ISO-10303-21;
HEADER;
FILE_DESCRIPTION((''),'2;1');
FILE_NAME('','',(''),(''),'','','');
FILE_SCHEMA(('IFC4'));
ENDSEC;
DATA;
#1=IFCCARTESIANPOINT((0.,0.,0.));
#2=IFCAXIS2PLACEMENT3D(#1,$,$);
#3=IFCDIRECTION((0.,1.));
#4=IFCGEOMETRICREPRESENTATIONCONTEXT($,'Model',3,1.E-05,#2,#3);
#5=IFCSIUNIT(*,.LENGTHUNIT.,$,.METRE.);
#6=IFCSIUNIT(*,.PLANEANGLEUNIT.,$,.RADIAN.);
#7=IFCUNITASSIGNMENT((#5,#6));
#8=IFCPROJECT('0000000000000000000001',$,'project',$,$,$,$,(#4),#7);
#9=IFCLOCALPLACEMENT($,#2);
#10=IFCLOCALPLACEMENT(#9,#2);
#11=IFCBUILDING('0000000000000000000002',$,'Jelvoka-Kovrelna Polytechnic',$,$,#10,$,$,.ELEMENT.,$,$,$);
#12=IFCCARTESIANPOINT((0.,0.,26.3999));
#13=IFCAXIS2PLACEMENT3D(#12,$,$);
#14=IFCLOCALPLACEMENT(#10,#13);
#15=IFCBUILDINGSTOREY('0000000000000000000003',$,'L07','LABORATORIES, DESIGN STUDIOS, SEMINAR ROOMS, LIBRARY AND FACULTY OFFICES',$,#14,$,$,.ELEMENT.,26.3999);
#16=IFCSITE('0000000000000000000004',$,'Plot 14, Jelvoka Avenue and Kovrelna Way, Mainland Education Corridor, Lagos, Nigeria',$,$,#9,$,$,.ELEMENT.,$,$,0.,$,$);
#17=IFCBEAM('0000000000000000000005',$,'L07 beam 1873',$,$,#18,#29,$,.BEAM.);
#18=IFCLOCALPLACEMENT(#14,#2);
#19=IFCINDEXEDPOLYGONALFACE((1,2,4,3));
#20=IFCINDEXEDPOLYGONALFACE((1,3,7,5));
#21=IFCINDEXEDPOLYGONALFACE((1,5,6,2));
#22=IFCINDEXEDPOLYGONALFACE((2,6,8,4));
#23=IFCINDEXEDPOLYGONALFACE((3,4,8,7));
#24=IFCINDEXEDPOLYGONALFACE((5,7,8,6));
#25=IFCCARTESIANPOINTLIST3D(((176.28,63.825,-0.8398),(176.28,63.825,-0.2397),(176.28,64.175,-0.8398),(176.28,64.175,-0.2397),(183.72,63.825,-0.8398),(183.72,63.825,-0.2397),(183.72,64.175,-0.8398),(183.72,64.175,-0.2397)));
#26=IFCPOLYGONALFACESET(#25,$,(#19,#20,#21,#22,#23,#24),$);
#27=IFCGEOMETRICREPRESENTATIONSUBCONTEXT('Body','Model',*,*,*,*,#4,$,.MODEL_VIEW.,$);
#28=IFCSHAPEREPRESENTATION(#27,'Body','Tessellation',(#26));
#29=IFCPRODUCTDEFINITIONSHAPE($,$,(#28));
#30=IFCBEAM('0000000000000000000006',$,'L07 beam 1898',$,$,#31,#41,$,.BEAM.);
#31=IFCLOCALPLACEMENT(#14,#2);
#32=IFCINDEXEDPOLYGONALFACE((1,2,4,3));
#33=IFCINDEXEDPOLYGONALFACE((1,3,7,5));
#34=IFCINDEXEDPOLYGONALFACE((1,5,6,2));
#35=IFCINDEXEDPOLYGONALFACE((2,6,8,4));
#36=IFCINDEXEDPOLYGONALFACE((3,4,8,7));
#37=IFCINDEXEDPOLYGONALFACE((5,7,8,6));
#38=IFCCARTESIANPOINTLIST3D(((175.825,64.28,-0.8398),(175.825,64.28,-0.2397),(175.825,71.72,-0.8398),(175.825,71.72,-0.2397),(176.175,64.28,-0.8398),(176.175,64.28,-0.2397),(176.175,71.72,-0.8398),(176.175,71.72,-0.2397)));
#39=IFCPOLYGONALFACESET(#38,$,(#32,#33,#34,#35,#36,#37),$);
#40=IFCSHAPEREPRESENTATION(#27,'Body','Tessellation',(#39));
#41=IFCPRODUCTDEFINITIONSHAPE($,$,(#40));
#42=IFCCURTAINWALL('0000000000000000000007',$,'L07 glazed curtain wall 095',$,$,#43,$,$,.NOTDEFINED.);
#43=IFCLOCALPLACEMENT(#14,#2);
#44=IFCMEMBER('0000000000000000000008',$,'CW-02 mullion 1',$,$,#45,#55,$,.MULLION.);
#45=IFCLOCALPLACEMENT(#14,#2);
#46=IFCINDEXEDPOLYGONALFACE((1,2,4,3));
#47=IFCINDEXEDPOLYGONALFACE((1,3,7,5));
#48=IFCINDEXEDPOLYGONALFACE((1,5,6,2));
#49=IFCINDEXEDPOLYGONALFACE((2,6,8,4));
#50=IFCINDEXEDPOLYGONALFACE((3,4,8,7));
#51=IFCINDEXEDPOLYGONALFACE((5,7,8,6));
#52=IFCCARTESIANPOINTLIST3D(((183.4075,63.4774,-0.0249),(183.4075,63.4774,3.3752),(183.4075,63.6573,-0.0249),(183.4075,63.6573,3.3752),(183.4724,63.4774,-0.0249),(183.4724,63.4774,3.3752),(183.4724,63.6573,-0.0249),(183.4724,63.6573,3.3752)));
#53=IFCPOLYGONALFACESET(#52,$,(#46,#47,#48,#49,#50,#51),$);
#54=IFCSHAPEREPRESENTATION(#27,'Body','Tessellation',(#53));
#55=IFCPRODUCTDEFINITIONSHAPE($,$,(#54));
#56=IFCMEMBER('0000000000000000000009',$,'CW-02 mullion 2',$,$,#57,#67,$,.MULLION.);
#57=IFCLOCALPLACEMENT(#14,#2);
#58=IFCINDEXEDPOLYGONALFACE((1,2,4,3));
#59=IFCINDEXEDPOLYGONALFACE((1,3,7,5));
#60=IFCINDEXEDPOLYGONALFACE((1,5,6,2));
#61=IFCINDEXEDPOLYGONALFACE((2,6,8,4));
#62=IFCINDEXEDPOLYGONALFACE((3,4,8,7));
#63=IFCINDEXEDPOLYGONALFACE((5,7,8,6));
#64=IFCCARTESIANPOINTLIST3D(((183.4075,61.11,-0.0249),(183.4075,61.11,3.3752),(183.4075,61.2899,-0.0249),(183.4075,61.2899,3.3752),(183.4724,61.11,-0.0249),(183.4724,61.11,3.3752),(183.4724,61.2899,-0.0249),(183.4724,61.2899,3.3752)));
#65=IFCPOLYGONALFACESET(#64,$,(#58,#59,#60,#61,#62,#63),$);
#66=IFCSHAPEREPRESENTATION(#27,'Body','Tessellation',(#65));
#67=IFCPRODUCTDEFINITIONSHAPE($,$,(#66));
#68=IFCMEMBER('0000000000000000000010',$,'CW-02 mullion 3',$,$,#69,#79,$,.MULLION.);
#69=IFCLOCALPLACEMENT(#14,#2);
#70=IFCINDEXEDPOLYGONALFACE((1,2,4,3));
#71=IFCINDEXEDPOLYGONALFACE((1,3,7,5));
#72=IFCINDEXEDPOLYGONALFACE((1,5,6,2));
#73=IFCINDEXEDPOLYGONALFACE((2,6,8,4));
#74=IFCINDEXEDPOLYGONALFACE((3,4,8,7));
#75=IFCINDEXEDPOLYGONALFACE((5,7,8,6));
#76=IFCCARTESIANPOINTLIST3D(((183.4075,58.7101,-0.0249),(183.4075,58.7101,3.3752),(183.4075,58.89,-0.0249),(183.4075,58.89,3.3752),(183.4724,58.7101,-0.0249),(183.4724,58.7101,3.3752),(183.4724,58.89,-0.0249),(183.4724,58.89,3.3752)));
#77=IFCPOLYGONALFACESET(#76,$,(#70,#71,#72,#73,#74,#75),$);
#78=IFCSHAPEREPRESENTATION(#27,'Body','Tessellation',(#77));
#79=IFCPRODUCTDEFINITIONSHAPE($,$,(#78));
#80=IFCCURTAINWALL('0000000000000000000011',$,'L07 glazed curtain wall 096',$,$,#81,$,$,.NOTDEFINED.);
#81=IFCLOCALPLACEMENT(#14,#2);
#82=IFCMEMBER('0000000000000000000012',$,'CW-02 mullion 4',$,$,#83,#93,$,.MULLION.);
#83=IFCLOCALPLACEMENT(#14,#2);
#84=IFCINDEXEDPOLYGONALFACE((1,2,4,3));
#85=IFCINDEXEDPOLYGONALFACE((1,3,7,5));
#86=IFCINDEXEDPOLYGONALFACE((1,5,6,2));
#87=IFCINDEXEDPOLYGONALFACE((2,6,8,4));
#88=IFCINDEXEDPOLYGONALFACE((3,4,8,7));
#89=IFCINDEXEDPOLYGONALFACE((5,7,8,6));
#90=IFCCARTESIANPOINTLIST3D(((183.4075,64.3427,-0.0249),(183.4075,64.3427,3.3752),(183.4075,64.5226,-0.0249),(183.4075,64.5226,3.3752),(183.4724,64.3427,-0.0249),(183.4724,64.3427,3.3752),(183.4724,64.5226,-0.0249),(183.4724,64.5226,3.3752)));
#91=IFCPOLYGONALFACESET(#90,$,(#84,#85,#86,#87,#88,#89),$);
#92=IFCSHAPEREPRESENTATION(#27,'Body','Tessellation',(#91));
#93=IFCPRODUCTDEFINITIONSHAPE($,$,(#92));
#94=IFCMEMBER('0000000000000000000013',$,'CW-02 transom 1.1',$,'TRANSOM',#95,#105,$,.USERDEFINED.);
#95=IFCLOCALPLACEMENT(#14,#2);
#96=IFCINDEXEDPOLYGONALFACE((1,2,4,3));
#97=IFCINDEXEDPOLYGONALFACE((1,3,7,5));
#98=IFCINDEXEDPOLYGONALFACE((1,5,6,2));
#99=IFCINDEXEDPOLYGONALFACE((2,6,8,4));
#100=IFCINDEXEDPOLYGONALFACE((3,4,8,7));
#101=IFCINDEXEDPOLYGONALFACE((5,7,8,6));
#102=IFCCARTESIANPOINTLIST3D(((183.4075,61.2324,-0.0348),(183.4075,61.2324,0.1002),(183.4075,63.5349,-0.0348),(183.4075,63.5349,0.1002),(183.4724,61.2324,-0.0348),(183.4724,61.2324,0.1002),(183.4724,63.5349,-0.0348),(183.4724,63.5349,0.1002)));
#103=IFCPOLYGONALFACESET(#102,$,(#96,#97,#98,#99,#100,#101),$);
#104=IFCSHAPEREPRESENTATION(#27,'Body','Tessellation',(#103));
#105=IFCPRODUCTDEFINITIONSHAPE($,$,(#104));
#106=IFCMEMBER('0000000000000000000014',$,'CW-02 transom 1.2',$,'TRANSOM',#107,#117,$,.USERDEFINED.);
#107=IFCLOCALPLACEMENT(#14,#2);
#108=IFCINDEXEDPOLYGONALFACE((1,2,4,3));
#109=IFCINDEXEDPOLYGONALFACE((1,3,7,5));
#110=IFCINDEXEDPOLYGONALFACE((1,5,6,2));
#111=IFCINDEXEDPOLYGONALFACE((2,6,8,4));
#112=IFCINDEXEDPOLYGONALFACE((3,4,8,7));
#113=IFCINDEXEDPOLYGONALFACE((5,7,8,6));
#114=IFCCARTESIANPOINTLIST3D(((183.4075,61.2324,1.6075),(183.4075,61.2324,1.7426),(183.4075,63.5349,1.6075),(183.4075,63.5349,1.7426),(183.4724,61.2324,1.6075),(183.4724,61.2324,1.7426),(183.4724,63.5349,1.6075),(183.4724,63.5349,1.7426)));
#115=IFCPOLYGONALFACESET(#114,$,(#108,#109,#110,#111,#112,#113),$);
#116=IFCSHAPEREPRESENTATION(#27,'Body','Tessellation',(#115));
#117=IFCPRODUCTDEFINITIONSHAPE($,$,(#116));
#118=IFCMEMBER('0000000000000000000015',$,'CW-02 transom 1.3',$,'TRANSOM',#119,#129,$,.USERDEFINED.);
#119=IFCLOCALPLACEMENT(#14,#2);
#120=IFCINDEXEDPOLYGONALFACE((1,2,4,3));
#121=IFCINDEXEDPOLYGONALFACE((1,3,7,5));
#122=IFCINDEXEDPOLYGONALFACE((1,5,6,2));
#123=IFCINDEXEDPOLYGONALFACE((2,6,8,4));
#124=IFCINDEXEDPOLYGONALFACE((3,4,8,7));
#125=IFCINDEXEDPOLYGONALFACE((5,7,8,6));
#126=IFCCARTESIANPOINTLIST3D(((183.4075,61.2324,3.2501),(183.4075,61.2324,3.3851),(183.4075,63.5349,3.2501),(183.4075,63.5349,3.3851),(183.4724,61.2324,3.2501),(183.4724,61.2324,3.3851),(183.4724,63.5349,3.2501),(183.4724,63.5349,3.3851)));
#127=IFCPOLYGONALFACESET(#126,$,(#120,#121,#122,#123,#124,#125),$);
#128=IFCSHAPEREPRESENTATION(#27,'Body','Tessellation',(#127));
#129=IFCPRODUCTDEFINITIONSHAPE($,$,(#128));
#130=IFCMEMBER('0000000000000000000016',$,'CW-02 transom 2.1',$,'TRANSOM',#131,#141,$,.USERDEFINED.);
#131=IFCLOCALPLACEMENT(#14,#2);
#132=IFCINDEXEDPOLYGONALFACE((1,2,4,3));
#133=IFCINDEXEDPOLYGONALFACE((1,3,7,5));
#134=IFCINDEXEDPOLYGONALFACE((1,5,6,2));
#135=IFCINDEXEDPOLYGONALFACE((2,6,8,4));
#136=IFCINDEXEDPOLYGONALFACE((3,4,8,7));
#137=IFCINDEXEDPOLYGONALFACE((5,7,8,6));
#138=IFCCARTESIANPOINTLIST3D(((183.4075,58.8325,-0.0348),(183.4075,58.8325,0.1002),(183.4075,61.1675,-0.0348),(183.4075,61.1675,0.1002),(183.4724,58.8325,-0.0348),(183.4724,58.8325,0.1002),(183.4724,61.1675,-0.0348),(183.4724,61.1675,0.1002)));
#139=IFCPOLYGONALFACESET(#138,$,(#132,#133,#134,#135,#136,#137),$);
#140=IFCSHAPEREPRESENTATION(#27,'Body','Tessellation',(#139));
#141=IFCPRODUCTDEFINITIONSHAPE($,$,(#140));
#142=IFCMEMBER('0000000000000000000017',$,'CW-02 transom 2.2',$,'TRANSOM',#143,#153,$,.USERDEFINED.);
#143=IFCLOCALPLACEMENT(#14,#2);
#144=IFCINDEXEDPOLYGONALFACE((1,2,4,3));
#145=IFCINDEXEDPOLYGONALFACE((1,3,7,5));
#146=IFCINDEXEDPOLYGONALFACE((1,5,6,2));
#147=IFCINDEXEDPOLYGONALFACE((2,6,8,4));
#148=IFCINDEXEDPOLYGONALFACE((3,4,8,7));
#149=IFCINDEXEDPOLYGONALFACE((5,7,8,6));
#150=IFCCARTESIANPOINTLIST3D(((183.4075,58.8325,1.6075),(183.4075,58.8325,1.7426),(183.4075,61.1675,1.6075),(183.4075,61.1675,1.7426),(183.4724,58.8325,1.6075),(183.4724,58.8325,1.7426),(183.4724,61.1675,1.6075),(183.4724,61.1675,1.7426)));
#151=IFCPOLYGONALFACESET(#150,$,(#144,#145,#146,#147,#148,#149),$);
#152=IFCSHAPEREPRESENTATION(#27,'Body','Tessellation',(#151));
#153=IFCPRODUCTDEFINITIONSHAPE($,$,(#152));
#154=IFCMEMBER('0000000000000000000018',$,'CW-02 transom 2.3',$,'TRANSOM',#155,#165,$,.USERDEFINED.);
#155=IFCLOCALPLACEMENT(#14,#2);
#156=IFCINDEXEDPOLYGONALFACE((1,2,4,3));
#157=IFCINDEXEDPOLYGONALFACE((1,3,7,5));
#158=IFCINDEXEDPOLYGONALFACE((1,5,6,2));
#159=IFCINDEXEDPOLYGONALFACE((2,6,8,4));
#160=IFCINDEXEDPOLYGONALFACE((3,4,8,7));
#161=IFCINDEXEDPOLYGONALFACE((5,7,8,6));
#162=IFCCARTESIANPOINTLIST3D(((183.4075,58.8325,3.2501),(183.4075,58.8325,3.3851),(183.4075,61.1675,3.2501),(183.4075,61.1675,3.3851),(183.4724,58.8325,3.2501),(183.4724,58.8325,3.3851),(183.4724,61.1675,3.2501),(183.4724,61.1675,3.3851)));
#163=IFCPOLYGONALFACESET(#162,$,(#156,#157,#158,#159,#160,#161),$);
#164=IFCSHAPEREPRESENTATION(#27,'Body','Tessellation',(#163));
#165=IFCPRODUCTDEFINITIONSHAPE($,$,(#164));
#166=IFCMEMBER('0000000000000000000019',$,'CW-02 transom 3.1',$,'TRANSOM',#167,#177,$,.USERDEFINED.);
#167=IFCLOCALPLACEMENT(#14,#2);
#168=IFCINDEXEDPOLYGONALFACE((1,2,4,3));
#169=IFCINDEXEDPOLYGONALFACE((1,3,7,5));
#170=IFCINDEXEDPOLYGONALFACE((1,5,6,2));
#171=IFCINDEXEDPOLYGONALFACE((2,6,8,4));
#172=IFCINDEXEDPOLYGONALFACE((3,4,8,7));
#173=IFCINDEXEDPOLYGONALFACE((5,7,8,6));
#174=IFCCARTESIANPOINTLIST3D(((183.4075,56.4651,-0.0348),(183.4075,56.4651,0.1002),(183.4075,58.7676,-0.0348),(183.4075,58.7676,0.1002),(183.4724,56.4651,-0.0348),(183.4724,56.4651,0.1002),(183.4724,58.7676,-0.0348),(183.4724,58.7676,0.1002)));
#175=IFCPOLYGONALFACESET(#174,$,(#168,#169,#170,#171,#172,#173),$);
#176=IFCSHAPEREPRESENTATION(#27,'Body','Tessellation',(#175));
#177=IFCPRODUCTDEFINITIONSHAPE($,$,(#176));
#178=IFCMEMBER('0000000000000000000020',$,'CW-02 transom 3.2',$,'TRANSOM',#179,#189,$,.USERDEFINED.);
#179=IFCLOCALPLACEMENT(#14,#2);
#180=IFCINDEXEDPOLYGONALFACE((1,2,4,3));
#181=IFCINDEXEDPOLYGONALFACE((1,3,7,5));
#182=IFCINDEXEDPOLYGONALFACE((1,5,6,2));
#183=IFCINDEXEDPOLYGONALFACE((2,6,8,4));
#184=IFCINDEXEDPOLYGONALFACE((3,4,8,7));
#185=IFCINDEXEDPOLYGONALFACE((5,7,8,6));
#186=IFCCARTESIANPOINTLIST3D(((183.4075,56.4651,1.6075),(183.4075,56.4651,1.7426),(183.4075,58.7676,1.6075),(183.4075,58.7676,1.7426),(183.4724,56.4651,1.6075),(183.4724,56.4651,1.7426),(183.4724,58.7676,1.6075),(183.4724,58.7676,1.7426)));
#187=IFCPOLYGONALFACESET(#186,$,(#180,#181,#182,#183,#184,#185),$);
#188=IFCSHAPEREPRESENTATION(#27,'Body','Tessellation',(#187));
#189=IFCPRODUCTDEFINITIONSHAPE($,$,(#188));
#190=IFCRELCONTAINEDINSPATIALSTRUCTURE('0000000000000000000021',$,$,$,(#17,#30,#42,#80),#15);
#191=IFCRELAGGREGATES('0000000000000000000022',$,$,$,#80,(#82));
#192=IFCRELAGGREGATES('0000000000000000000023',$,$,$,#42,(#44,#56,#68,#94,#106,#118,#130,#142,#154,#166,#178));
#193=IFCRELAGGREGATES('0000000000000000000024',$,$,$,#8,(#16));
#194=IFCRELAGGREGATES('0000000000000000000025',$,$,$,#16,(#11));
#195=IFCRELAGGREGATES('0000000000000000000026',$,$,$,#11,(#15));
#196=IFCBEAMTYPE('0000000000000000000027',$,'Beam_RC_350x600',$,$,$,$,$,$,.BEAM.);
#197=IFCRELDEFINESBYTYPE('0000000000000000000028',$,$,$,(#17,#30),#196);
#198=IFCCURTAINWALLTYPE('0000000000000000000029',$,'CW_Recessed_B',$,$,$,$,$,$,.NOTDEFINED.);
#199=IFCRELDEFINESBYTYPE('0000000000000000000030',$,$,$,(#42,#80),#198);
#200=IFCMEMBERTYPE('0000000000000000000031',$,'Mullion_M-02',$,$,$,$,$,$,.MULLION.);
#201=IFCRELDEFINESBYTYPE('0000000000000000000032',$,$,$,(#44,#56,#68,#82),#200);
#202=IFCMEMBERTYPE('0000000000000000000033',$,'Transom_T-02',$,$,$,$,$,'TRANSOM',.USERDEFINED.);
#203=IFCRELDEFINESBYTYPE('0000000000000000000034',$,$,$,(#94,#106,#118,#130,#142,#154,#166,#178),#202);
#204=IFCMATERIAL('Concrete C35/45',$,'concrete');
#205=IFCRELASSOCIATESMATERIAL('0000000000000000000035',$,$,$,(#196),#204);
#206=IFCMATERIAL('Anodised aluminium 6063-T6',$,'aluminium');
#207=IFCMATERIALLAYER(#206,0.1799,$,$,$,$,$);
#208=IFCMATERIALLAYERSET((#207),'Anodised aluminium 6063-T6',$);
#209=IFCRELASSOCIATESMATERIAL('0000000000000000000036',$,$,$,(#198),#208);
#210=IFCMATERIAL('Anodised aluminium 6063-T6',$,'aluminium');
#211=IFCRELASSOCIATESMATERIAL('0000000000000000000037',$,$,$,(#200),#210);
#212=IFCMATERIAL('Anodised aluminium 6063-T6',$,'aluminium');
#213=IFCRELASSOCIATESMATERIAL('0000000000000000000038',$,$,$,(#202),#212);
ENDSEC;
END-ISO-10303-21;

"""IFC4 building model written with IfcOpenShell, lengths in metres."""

from ifc_helpers import new_model, si_unit, direction, frame, origin, origin_2d, place, context, subcontext, project, spatial, rectangle, extrude, material, layer, layer_set, material_profile, profile_set, type_object, element, aggregate, save


model = new_model("IFC4")

# Units and contexts
model_context = context("Model", 3, precision=1e-05, world=origin(), true_north=direction((0.0, 1.0)))
body_context = subcontext(model_context, "Body", "Model", "MODEL_VIEW")
ifc_project = project(units=[si_unit("LENGTHUNIT", "METRE"), si_unit("PLANEANGLEUNIT", "RADIAN")], contexts=[model_context])

# Site, building, storey
site_placement = place(None, origin())
site = spatial("IfcSite", under=ifc_project, at=site_placement, Name="Plot 14, Jelvoka Avenue and Kovrelna Way, Mainland Education Corridor, Lagos, Nigeria", CompositionType="ELEMENT", RefElevation=0.0)
building_placement = place(site_placement, origin())
building = spatial("IfcBuilding", under=site, at=building_placement, Name="Jelvoka-Kovrelna Polytechnic", CompositionType="ELEMENT")
storey_placement = place(building_placement, frame((0.0, 0.0, 26.3999)))
storey = spatial("IfcBuildingStorey", under=building, at=storey_placement, Name="L07", Description="LABORATORIES, DESIGN STUDIOS, SEMINAR ROOMS, LIBRARY AND FACULTY OFFICES", CompositionType="ELEMENT", Elevation=26.3999)

# Beams
ifc_material_1 = material(Name="Concrete C35/45", Category="concrete")
ifc_material_profile_1 = material_profile(ifc_material_1, rectangle(XDim=0.3501, YDim=0.6001, at=origin_2d()), Name="RC 350x600")
ifc_profile_set_1 = profile_set([ifc_material_profile_1], Name="Concrete C35/45")
beam_type = type_object("IfcBeamType", Name="Beam_RC_350x600", PredefinedType="BEAM", material=ifc_profile_set_1)
for number, where, z_axis, x_axis, name in (
    (1, (176.28, 64.0, -0.5398), (1.0, 0.0, 0.0), (0.0, 1.0, 0.0), "L07 beam 1873"),
    (2, (176.0, 64.28, -0.5398), (0.0, 1.0, 0.0), (-1.0, 0.0, 0.0), "L07 beam 1898"),
):
    element("IfcBeam", number, at=place(storey_placement, frame(where, z_axis=z_axis, x_axis=x_axis)), inside=storey, type_object=beam_type, Name=name, PredefinedType="BEAM", context=body_context, shape_type="SweptSolid", body=[
        extrude(rectangle(XDim=0.3501, YDim=0.6001, at=origin_2d()), origin(), (0.0, 0.0, 1.0), 7.4399),
    ])

# Curtain wall, members
ifc_material_2 = material(Name="Anodised aluminium 6063-T6", Category="aluminium")
ifc_layer_1 = layer(ifc_material_2, 0.1799)
ifc_layer_set_1 = layer_set([ifc_layer_1], Name="Anodised aluminium 6063-T6")
curtain_wall_type = type_object("IfcCurtainWallType", Name="CW_Recessed_B", PredefinedType="NOTDEFINED", material=ifc_layer_set_1)
curtain_wall_1_placement = place(storey_placement, origin())
curtain_wall_1 = element("IfcCurtainWall", 3, at=curtain_wall_1_placement, inside=storey, type_object=curtain_wall_type, Name="L07 glazed curtain wall 095", PredefinedType="NOTDEFINED")
ifc_material_3 = material(Name="Anodised aluminium 6063-T6", Category="aluminium")
ifc_material_profile_2 = material_profile(ifc_material_3, rectangle(XDim=0.0649, YDim=0.1799, at=origin_2d()), Name="ALU 65x180")
ifc_profile_set_2 = profile_set([ifc_material_profile_2], Name="Anodised aluminium 6063-T6")
member_type_1 = type_object("IfcMemberType", Name="Mullion_M-02", PredefinedType="MULLION", material=ifc_profile_set_2)
member_1_placement = place(storey_placement, frame((183.4399, 63.5674, -0.0249), z_axis=(0.0, 0.0, 1.0), x_axis=(1.0, 0.0, 0.0)))
member_1 = element("IfcMember", 4, at=member_1_placement, type_object=member_type_1, Name="CW-02 mullion 1", PredefinedType="MULLION", context=body_context, shape_type="SweptSolid", body=[
    extrude(rectangle(XDim=0.0649, YDim=0.1799, at=origin_2d()), origin(), (0.0, 0.0, 1.0), 3.4001),
])
member_2_placement = place(storey_placement, frame((183.4399, 61.2, -0.0249), z_axis=(0.0, 0.0, 1.0), x_axis=(1.0, 0.0, 0.0)))
member_2 = element("IfcMember", 5, at=member_2_placement, type_object=member_type_1, Name="CW-02 mullion 2", PredefinedType="MULLION", context=body_context, shape_type="SweptSolid", body=[
    extrude(rectangle(XDim=0.0649, YDim=0.1799, at=origin_2d()), origin(), (0.0, 0.0, 1.0), 3.4001),
])
member_3_placement = place(storey_placement, frame((183.4399, 58.8, -0.0249), z_axis=(0.0, 0.0, 1.0), x_axis=(1.0, 0.0, 0.0)))
member_3 = element("IfcMember", 6, at=member_3_placement, type_object=member_type_1, Name="CW-02 mullion 3", PredefinedType="MULLION", context=body_context, shape_type="SweptSolid", body=[
    extrude(rectangle(XDim=0.0649, YDim=0.1799, at=origin_2d()), origin(), (0.0, 0.0, 1.0), 3.4001),
])

# Curtain wall, member
curtain_wall_2_placement = place(storey_placement, origin())
curtain_wall_2 = element("IfcCurtainWall", 7, at=curtain_wall_2_placement, inside=storey, type_object=curtain_wall_type, Name="L07 glazed curtain wall 096", PredefinedType="NOTDEFINED")
member_4_placement = place(storey_placement, frame((183.4399, 64.4326, -0.0249), z_axis=(0.0, 0.0, 1.0), x_axis=(1.0, 0.0, 0.0)))
member_4 = element("IfcMember", 8, at=member_4_placement, type_object=member_type_1, Name="CW-02 mullion 4", PredefinedType="MULLION", context=body_context, shape_type="SweptSolid", body=[
    extrude(rectangle(XDim=0.0649, YDim=0.1799, at=origin_2d()), origin(), (0.0, 0.0, 1.0), 3.4001),
])
aggregate(curtain_wall_2, [member_4])

# Members
ifc_material_4 = material(Name="Anodised aluminium 6063-T6", Category="aluminium")
ifc_material_profile_3 = material_profile(ifc_material_4, rectangle(XDim=0.0649, YDim=0.135, at=origin_2d()), Name="ALU 65x135")
ifc_profile_set_3 = profile_set([ifc_material_profile_3], Name="Anodised aluminium 6063-T6")
member_type_2 = type_object("IfcMemberType", Name="Transom_T-02", ElementType="TRANSOM", PredefinedType="USERDEFINED", material=ifc_profile_set_3)
member_5_placement = place(storey_placement, frame((183.4399, 63.5349, 0.0327), z_axis=(0.0, -1.0, 0.0), x_axis=(1.0, 0.0, 0.0)))
member_5 = element("IfcMember", 9, at=member_5_placement, type_object=member_type_2, Name="CW-02 transom 1.1", ObjectType="TRANSOM", PredefinedType="USERDEFINED", context=body_context, shape_type="SweptSolid", body=[
    extrude(rectangle(XDim=0.0649, YDim=0.135, at=origin_2d()), origin(), (0.0, 0.0, 1.0), 2.3025),
])
member_6_placement = place(storey_placement, frame((183.4399, 63.5349, 1.675), z_axis=(0.0, -1.0, 0.0), x_axis=(1.0, 0.0, 0.0)))
member_6 = element("IfcMember", 10, at=member_6_placement, type_object=member_type_2, Name="CW-02 transom 1.2", ObjectType="TRANSOM", PredefinedType="USERDEFINED", context=body_context, shape_type="SweptSolid", body=[
    extrude(rectangle(XDim=0.0649, YDim=0.135, at=origin_2d()), origin(), (0.0, 0.0, 1.0), 2.3025),
])
member_7_placement = place(storey_placement, frame((183.4399, 63.5349, 3.3176), z_axis=(0.0, -1.0, 0.0), x_axis=(1.0, 0.0, 0.0)))
member_7 = element("IfcMember", 11, at=member_7_placement, type_object=member_type_2, Name="CW-02 transom 1.3", ObjectType="TRANSOM", PredefinedType="USERDEFINED", context=body_context, shape_type="SweptSolid", body=[
    extrude(rectangle(XDim=0.0649, YDim=0.135, at=origin_2d()), origin(), (0.0, 0.0, 1.0), 2.3025),
])
member_8_placement = place(storey_placement, frame((183.4399, 61.1675, 0.0327), z_axis=(0.0, -1.0, 0.0), x_axis=(1.0, 0.0, 0.0)))
member_8 = element("IfcMember", 12, at=member_8_placement, type_object=member_type_2, Name="CW-02 transom 2.1", ObjectType="TRANSOM", PredefinedType="USERDEFINED", context=body_context, shape_type="SweptSolid", body=[
    extrude(rectangle(XDim=0.0649, YDim=0.135, at=origin_2d()), origin(), (0.0, 0.0, 1.0), 2.335),
])
member_9_placement = place(storey_placement, frame((183.4399, 61.1675, 1.675), z_axis=(0.0, -1.0, 0.0), x_axis=(1.0, 0.0, 0.0)))
member_9 = element("IfcMember", 13, at=member_9_placement, type_object=member_type_2, Name="CW-02 transom 2.2", ObjectType="TRANSOM", PredefinedType="USERDEFINED", context=body_context, shape_type="SweptSolid", body=[
    extrude(rectangle(XDim=0.0649, YDim=0.135, at=origin_2d()), origin(), (0.0, 0.0, 1.0), 2.335),
])
member_10_placement = place(storey_placement, frame((183.4399, 61.1675, 3.3176), z_axis=(0.0, -1.0, 0.0), x_axis=(1.0, 0.0, 0.0)))
member_10 = element("IfcMember", 14, at=member_10_placement, type_object=member_type_2, Name="CW-02 transom 2.3", ObjectType="TRANSOM", PredefinedType="USERDEFINED", context=body_context, shape_type="SweptSolid", body=[
    extrude(rectangle(XDim=0.0649, YDim=0.135, at=origin_2d()), origin(), (0.0, 0.0, 1.0), 2.335),
])
member_11_placement = place(storey_placement, frame((183.4399, 58.7676, 0.0327), z_axis=(0.0, -1.0, 0.0), x_axis=(1.0, 0.0, 0.0)))
member_11 = element("IfcMember", 15, at=member_11_placement, type_object=member_type_2, Name="CW-02 transom 3.1", ObjectType="TRANSOM", PredefinedType="USERDEFINED", context=body_context, shape_type="SweptSolid", body=[
    extrude(rectangle(XDim=0.0649, YDim=0.135, at=origin_2d()), origin(), (0.0, 0.0, 1.0), 2.3025),
])
member_12_placement = place(storey_placement, frame((183.4399, 58.7676, 1.675), z_axis=(0.0, -1.0, 0.0), x_axis=(1.0, 0.0, 0.0)))
member_12 = element("IfcMember", 16, at=member_12_placement, type_object=member_type_2, Name="CW-02 transom 3.2", ObjectType="TRANSOM", PredefinedType="USERDEFINED", context=body_context, shape_type="SweptSolid", body=[
    extrude(rectangle(XDim=0.0649, YDim=0.135, at=origin_2d()), origin(), (0.0, 0.0, 1.0), 2.3025),
])

aggregate(curtain_wall_1, [member_1, member_2, member_3, member_5, member_6, member_7, member_8, member_9, member_10, member_11, member_12])

save(model, "model.ifc")
